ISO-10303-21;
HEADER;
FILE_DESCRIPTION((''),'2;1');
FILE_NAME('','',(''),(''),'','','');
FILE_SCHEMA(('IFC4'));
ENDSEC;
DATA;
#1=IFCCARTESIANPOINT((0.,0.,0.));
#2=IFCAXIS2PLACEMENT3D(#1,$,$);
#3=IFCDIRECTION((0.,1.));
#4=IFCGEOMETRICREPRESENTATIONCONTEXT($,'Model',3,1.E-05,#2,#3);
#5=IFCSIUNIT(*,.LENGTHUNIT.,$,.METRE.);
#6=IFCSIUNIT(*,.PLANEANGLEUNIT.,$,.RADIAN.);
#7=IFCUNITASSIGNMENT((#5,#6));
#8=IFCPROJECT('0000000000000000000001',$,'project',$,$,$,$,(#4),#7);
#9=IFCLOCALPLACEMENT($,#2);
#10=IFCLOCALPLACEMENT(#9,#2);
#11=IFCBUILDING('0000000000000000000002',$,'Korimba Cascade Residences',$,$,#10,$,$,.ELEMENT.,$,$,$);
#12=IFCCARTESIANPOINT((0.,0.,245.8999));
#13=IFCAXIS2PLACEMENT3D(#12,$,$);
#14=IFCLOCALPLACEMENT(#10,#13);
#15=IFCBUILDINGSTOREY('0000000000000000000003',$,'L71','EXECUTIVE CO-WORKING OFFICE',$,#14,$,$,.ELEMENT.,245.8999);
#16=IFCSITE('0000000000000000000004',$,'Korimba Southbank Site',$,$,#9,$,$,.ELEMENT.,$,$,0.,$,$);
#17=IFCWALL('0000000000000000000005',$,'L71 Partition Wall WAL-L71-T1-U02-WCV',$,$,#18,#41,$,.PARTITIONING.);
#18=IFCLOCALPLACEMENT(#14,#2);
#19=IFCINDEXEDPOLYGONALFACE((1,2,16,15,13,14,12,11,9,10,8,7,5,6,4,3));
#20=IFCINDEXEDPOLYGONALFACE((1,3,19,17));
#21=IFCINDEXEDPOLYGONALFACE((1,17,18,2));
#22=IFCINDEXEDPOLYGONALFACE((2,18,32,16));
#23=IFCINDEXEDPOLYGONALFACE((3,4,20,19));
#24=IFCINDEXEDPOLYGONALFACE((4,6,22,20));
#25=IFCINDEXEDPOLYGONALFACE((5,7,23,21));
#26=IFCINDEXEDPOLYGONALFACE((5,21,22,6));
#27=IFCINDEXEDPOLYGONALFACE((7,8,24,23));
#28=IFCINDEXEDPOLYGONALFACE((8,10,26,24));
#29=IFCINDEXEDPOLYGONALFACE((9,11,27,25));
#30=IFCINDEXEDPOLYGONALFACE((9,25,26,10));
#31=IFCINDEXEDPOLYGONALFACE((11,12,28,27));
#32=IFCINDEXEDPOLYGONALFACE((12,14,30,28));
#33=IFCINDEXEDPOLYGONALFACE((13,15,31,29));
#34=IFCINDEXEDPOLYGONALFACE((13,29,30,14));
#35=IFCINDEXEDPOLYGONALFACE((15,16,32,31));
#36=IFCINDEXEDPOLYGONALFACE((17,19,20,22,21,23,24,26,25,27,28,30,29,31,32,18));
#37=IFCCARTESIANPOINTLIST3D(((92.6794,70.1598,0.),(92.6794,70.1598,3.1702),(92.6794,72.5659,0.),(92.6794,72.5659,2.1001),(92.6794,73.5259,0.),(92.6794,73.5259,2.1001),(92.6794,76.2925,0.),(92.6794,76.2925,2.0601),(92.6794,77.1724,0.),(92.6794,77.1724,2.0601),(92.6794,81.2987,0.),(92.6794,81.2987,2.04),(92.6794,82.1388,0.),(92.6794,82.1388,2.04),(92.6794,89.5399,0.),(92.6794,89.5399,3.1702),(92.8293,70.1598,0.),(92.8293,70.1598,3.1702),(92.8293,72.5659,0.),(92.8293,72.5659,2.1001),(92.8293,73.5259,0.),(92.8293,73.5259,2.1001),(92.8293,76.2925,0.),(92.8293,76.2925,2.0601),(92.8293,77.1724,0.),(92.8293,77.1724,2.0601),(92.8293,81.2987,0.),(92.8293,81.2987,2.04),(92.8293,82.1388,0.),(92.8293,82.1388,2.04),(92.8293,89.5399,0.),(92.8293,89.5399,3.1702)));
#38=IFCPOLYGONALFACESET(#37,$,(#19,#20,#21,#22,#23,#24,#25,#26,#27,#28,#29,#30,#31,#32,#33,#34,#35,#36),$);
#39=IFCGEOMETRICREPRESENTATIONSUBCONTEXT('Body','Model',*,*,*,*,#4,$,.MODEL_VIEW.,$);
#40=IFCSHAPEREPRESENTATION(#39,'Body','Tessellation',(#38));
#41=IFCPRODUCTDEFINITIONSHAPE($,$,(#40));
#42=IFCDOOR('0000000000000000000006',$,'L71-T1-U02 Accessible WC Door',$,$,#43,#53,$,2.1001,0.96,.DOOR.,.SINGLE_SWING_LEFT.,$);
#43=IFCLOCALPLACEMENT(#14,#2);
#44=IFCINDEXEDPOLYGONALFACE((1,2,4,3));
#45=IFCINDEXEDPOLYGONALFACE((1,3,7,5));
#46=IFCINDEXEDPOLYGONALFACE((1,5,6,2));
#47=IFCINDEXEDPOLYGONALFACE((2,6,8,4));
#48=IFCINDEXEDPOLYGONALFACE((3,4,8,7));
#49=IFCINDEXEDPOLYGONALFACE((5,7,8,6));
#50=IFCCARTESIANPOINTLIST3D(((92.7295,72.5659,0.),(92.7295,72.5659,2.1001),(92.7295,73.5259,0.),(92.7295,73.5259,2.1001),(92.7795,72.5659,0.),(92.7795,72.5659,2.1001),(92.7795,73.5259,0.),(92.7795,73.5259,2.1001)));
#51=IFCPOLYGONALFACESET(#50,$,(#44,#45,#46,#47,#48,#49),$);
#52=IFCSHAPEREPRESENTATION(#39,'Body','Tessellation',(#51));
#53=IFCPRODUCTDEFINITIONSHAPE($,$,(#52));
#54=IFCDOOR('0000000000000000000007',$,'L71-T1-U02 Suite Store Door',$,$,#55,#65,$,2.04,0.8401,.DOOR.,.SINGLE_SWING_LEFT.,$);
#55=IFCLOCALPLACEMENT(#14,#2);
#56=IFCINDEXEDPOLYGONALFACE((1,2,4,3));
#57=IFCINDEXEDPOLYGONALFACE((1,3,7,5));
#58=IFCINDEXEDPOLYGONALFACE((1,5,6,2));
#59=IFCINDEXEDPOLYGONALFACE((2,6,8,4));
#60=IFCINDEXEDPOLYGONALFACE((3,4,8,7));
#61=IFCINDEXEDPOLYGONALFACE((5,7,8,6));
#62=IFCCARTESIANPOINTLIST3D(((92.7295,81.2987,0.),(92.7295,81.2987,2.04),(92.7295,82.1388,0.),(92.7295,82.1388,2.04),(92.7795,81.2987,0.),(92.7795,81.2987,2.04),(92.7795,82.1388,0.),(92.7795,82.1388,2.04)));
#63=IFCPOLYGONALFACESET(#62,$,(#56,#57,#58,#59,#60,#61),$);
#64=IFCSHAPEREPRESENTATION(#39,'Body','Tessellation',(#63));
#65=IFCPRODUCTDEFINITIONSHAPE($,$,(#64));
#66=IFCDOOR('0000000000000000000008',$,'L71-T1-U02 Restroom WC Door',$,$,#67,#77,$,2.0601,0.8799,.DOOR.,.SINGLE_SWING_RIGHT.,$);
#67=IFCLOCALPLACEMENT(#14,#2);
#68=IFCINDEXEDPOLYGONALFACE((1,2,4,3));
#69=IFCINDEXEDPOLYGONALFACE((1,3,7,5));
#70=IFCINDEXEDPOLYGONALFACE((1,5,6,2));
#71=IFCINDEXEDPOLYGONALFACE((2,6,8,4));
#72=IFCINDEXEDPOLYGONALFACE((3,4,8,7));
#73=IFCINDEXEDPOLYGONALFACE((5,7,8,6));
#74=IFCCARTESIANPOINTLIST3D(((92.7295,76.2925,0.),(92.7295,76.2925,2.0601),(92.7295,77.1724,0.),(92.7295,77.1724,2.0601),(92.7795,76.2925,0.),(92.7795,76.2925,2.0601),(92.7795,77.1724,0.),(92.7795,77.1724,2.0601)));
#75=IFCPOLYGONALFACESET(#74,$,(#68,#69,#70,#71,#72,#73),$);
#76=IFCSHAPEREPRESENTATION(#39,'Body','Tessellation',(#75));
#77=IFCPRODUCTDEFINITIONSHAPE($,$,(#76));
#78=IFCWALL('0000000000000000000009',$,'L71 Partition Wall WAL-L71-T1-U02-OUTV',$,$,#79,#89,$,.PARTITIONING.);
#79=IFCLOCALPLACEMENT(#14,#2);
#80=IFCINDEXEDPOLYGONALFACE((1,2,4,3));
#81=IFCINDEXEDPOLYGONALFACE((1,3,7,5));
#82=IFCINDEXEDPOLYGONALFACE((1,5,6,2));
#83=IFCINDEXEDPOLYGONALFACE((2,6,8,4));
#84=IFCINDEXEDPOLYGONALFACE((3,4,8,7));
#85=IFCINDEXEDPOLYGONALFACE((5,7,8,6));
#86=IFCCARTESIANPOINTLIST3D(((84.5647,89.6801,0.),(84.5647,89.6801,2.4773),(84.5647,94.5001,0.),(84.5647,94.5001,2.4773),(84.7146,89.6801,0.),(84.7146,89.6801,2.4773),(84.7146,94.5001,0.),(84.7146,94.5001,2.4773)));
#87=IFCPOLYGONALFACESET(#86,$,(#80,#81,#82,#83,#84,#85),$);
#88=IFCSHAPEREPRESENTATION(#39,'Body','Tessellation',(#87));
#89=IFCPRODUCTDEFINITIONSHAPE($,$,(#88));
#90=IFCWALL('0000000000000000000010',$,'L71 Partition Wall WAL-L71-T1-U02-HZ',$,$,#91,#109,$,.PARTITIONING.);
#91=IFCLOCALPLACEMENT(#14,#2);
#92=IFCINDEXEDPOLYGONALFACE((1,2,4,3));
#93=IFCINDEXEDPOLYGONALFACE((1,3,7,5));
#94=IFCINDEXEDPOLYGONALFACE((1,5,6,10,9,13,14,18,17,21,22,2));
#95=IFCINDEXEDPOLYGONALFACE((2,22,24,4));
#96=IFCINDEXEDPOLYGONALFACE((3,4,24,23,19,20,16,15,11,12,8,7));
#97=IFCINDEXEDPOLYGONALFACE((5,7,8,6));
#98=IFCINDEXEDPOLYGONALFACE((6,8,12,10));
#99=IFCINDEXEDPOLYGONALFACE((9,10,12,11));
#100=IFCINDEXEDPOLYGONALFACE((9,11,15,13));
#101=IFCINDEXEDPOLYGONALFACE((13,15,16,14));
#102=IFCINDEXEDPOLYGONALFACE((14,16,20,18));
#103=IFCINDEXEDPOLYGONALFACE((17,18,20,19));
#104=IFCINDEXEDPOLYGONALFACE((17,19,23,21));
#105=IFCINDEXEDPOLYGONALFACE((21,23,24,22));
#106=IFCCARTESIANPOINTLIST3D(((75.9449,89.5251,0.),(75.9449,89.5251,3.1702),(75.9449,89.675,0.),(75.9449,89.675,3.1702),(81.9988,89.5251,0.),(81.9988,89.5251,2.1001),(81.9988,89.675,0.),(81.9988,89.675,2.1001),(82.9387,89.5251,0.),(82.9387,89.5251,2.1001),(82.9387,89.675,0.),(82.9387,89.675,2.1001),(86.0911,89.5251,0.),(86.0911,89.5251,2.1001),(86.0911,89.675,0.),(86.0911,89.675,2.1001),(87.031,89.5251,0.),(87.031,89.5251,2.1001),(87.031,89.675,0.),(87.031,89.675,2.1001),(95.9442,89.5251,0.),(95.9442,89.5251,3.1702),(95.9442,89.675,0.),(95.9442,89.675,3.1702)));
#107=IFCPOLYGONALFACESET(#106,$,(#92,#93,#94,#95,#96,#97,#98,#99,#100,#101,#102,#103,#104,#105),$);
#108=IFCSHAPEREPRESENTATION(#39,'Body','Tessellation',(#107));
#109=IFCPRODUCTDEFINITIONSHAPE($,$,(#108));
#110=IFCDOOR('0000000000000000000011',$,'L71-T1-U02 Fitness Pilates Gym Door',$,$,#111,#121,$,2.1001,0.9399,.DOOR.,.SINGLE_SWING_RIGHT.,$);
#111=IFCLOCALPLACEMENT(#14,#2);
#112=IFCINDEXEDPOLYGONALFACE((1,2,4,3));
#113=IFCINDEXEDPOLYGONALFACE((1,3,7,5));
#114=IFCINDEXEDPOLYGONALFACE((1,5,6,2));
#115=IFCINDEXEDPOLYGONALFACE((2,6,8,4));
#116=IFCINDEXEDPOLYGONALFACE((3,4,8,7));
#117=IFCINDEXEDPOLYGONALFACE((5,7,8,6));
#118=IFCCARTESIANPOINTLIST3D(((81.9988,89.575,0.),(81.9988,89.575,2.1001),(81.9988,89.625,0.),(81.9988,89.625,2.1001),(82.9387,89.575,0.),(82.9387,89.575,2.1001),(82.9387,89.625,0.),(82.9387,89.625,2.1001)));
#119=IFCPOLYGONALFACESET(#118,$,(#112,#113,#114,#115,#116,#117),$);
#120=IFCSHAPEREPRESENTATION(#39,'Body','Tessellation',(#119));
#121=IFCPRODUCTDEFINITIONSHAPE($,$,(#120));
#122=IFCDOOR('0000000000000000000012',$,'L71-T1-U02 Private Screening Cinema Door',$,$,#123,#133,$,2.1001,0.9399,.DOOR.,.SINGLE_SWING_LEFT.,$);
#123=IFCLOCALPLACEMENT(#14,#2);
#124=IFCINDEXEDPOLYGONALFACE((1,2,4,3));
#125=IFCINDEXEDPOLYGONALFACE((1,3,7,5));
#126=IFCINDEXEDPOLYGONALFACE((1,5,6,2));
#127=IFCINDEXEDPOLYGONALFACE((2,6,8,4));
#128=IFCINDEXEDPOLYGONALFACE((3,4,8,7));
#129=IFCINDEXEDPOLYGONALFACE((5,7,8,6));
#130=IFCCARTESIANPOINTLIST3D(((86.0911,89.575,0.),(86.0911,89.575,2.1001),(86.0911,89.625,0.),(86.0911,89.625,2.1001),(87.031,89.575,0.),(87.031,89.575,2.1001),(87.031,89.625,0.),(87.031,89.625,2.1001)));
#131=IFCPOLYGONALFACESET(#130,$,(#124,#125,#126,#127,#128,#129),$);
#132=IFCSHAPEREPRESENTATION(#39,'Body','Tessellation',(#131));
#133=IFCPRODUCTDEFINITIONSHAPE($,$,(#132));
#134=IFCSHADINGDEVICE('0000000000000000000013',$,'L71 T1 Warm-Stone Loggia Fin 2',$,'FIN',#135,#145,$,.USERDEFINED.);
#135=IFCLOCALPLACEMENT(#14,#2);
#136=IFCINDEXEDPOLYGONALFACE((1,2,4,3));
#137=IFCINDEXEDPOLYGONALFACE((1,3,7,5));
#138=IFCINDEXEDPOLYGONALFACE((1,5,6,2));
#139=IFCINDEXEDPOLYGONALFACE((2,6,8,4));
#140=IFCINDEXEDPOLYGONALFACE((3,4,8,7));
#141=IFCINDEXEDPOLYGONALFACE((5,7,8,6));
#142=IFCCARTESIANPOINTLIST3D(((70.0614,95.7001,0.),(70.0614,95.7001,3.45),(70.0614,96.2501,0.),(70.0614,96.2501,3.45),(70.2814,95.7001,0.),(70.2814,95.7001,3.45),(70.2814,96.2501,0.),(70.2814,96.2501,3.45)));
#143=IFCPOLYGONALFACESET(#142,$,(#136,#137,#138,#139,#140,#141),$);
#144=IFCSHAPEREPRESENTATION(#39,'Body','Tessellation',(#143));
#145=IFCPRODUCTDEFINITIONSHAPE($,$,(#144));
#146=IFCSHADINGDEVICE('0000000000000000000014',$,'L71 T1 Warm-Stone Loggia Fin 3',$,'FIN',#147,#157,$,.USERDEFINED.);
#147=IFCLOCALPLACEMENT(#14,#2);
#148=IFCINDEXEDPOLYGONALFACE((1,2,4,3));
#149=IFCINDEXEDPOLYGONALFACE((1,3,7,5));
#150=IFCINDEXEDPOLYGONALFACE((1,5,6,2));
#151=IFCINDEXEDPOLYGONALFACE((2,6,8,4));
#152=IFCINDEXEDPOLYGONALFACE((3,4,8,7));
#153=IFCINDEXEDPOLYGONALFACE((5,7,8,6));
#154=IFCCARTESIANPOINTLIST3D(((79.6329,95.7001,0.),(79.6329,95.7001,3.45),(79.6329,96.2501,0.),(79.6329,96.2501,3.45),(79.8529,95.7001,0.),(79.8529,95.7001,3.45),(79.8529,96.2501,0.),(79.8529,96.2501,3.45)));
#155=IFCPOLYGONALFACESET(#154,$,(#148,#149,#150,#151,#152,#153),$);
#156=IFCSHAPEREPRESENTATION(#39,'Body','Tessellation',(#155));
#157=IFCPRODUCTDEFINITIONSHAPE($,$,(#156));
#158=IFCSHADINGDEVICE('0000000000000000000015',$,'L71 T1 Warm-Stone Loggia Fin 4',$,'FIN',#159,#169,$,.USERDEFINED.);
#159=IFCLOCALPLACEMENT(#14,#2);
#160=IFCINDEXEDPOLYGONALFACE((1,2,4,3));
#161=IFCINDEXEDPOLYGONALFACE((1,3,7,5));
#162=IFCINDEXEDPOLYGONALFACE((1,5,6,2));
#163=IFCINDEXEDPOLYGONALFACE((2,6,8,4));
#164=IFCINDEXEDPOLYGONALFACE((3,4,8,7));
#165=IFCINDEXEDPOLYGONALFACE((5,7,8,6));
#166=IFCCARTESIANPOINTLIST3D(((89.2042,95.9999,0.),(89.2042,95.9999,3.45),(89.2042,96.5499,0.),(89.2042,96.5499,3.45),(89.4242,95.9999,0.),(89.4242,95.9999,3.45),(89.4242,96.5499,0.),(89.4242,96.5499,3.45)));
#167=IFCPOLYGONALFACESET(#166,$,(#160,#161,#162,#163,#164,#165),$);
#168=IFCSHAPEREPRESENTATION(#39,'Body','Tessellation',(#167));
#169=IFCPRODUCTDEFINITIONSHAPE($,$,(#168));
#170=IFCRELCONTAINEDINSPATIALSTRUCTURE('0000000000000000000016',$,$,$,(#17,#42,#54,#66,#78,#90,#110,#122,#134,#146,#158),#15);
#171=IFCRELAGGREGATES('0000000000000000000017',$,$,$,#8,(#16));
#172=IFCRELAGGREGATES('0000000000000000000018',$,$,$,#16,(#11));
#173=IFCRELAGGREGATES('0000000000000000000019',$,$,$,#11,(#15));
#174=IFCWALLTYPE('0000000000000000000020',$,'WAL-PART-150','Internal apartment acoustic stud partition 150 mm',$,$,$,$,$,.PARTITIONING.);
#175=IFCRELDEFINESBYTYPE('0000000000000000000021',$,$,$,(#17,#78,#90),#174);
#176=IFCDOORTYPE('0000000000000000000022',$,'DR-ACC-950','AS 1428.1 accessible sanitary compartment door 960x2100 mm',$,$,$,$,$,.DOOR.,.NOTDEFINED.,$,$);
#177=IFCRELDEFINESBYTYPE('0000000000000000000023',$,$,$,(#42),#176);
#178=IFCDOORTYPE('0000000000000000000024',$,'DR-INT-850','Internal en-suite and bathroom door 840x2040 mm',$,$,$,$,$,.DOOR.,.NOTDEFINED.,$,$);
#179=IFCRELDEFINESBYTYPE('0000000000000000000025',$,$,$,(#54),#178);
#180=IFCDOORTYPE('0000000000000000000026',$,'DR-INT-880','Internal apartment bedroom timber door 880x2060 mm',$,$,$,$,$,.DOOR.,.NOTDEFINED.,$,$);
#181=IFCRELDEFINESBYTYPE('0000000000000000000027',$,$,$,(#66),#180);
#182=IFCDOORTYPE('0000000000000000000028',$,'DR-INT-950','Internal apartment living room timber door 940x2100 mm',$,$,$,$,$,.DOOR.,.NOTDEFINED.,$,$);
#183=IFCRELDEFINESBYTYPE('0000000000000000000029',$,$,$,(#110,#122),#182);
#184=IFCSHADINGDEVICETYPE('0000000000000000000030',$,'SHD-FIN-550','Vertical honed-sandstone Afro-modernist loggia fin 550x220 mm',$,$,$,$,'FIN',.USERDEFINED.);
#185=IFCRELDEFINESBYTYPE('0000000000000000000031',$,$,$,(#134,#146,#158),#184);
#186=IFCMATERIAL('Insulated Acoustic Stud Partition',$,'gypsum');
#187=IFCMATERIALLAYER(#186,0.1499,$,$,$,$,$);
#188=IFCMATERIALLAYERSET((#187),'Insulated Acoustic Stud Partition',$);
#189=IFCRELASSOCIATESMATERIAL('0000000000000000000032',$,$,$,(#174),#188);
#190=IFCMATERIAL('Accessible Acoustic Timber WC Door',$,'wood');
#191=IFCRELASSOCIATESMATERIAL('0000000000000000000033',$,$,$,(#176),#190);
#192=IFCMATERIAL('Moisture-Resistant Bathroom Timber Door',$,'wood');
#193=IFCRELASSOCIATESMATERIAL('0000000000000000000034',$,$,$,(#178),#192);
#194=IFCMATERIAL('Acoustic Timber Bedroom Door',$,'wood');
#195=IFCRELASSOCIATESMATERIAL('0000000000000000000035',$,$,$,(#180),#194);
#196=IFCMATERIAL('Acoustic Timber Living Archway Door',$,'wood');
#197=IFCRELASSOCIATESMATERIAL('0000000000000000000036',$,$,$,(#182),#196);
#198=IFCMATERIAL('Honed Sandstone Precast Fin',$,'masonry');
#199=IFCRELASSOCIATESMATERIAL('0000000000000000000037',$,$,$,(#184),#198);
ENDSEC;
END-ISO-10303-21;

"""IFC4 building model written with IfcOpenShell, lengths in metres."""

from ifc_helpers import new_model, si_unit, direction, frame, frame_2d, origin, origin_2d, place, context, subcontext, project, spatial, rectangle, extrude, material, layer, layer_set, type_object, element, fill, save


model = new_model("IFC4")

# Units and contexts
model_context = context("Model", 3, precision=1e-05, world=origin(), true_north=direction((0.0, 1.0)))
body_context = subcontext(model_context, "Body", "Model", "MODEL_VIEW")
ifc_project = project(units=[si_unit("LENGTHUNIT", "METRE"), si_unit("PLANEANGLEUNIT", "RADIAN")], contexts=[model_context])

# Site, building, storey
site_placement = place(None, origin())
site = spatial("IfcSite", under=ifc_project, at=site_placement, Name="Korimba Southbank Site", CompositionType="ELEMENT", RefElevation=0.0)
building_placement = place(site_placement, origin())
building = spatial("IfcBuilding", under=site, at=building_placement, Name="Korimba Cascade Residences", CompositionType="ELEMENT")
storey_placement = place(building_placement, frame((0.0, 0.0, 245.8999)))
storey = spatial("IfcBuildingStorey", under=building, at=storey_placement, Name="L71", Description="EXECUTIVE CO-WORKING OFFICE", CompositionType="ELEMENT", Elevation=245.8999)

# Shared definitions
ifc_material_1 = material(Name="Insulated Acoustic Stud Partition", Category="gypsum")
ifc_layer_1 = layer(ifc_material_1, 0.1499)
ifc_layer_set_1 = layer_set([ifc_layer_1], Name="Insulated Acoustic Stud Partition")
wall_type_1 = type_object("IfcWallType", Name="WAL-PART-150", Description="Internal apartment acoustic stud partition 150 mm", PredefinedType="PARTITIONING", material=ifc_layer_set_1)

# Wall, openings, doors
wall_1_placement = place(storey_placement, frame((92.7544, 70.1599, 0.0), z_axis=(0.0, 0.0, 1.0), x_axis=(0.0, 1.0, 0.0)))
wall_1 = element("IfcWall", 1, at=wall_1_placement, inside=storey, type_object=wall_type_1, Name="L71 Partition Wall WAL-L71-T1-U02-WCV", PredefinedType="PARTITIONING", context=body_context, shape_type="SweptSolid", body=[
    extrude(rectangle(XDim=19.3801, YDim=0.1499, at=frame_2d((9.6899, 0.0))), origin(), (0.0, 0.0, 1.0), 3.1702),
])
opening_1_placement = place(wall_1_placement, frame((2.406, 0.0, 0.0)))
opening_1 = element("IfcOpeningElement", 2, at=opening_1_placement, cuts=wall_1, PredefinedType="OPENING", context=body_context, shape_type="SweptSolid", body=[
    extrude(rectangle(XDim=0.96, YDim=2.1001, at=frame_2d((0.48, 1.05))), frame((0.0, 0.085, 0.0), z_axis=(0.0, -1.0, 0.0), x_axis=(1.0, 0.0, 0.0)), (0.0, 0.0, 1.0), 0.1699),
])
opening_2_placement = place(wall_1_placement, frame((6.1326, 0.0, 0.0)))
opening_2 = element("IfcOpeningElement", 3, at=opening_2_placement, cuts=wall_1, PredefinedType="OPENING", context=body_context, shape_type="SweptSolid", body=[
    extrude(rectangle(XDim=0.8799, YDim=2.0601, at=frame_2d((0.4399, 1.03))), frame((0.0, 0.085, 0.0), z_axis=(0.0, -1.0, 0.0), x_axis=(1.0, 0.0, 0.0)), (0.0, 0.0, 1.0), 0.1699),
])
opening_3_placement = place(wall_1_placement, frame((11.1389, 0.0, 0.0)))
opening_3 = element("IfcOpeningElement", 4, at=opening_3_placement, cuts=wall_1, PredefinedType="OPENING", context=body_context, shape_type="SweptSolid", body=[
    extrude(rectangle(XDim=0.8401, YDim=2.04, at=frame_2d((0.4199, 1.02))), frame((0.0, 0.085, 0.0), z_axis=(0.0, -1.0, 0.0), x_axis=(1.0, 0.0, 0.0)), (0.0, 0.0, 1.0), 0.1699),
])
ifc_material_2 = material(Name="Accessible Acoustic Timber WC Door", Category="wood")
door_type_1 = type_object("IfcDoorType", Name="DR-ACC-950", Description="AS 1428.1 accessible sanitary compartment door 960x2100 mm", OperationType="NOTDEFINED", PredefinedType="DOOR", material=ifc_material_2)
door_1_placement = place(opening_1_placement, origin())
door_1 = element("IfcDoor", 5, at=door_1_placement, inside=storey, type_object=door_type_1, Name="L71-T1-U02 Accessible WC Door", OperationType="SINGLE_SWING_LEFT", OverallHeight=2.1001, OverallWidth=0.96, PredefinedType="DOOR", context=body_context, shape_type="SweptSolid", body=[
    extrude(rectangle(XDim=0.96, YDim=2.1001, at=frame_2d((0.48, 1.05))), frame((0.0, 0.0249, 0.0), z_axis=(0.0, -1.0, 0.0), x_axis=(1.0, 0.0, 0.0)), (0.0, 0.0, 1.0), 0.05),
])
fill(opening_1, door_1)
ifc_material_3 = material(Name="Moisture-Resistant Bathroom Timber Door", Category="wood")
door_type_2 = type_object("IfcDoorType", Name="DR-INT-850", Description="Internal en-suite and bathroom door 840x2040 mm", OperationType="NOTDEFINED", PredefinedType="DOOR", material=ifc_material_3)
door_2_placement = place(opening_3_placement, origin())
door_2 = element("IfcDoor", 6, at=door_2_placement, inside=storey, type_object=door_type_2, Name="L71-T1-U02 Suite Store Door", OperationType="SINGLE_SWING_LEFT", OverallHeight=2.04, OverallWidth=0.8401, PredefinedType="DOOR", context=body_context, shape_type="SweptSolid", body=[
    extrude(rectangle(XDim=0.8401, YDim=2.04, at=frame_2d((0.4199, 1.02))), frame((0.0, 0.0249, 0.0), z_axis=(0.0, -1.0, 0.0), x_axis=(1.0, 0.0, 0.0)), (0.0, 0.0, 1.0), 0.05),
])
fill(opening_3, door_2)
ifc_material_4 = material(Name="Acoustic Timber Bedroom Door", Category="wood")
door_type_3 = type_object("IfcDoorType", Name="DR-INT-880", Description="Internal apartment bedroom timber door 880x2060 mm", OperationType="NOTDEFINED", PredefinedType="DOOR", material=ifc_material_4)
door_3_placement = place(opening_2_placement, origin())
door_3 = element("IfcDoor", 7, at=door_3_placement, inside=storey, type_object=door_type_3, Name="L71-T1-U02 Restroom WC Door", OperationType="SINGLE_SWING_RIGHT", OverallHeight=2.0601, OverallWidth=0.8799, PredefinedType="DOOR", context=body_context, shape_type="SweptSolid", body=[
    extrude(rectangle(XDim=0.8799, YDim=2.0601, at=frame_2d((0.4399, 1.03))), frame((0.0, 0.0249, 0.0), z_axis=(0.0, -1.0, 0.0), x_axis=(1.0, 0.0, 0.0)), (0.0, 0.0, 1.0), 0.05),
])
fill(opening_2, door_3)

# Wall
wall_2_placement = place(storey_placement, frame((84.6396, 89.6799, 0.0), z_axis=(0.0, 0.0, 1.0), x_axis=(0.0, 1.0, 0.0)))
element("IfcWall", 8, at=wall_2_placement, inside=storey, type_object=wall_type_1, Name="L71 Partition Wall WAL-L71-T1-U02-OUTV", PredefinedType="PARTITIONING", context=body_context, shape_type="SweptSolid", body=[
    extrude(rectangle(XDim=4.8201, YDim=0.1499, at=frame_2d((2.4102, 0.0))), origin(), (0.0, 0.0, 1.0), 2.4773),
])

# Wall, openings, doors
wall_3_placement = place(storey_placement, frame((75.9451, 89.6001, 0.0), z_axis=(0.0, 0.0, 1.0), x_axis=(1.0, 0.0, 0.0)))
wall_3 = element("IfcWall", 9, at=wall_3_placement, inside=storey, type_object=wall_type_1, Name="L71 Partition Wall WAL-L71-T1-U02-HZ", PredefinedType="PARTITIONING", context=body_context, shape_type="SweptSolid", body=[
    extrude(rectangle(XDim=19.9993, YDim=0.1499, at=frame_2d((9.9995, 0.0))), origin(), (0.0, 0.0, 1.0), 3.1702),
])
opening_4_placement = place(wall_3_placement, frame((6.0537, 0.0, 0.0)))
opening_4 = element("IfcOpeningElement", 10, at=opening_4_placement, cuts=wall_3, PredefinedType="OPENING", context=body_context, shape_type="SweptSolid", body=[
    extrude(rectangle(XDim=0.9399, YDim=2.1001, at=frame_2d((0.47, 1.05))), frame((0.0, 0.085, 0.0), z_axis=(0.0, -1.0, 0.0), x_axis=(1.0, 0.0, 0.0)), (0.0, 0.0, 1.0), 0.1699),
])
opening_5_placement = place(wall_3_placement, frame((10.146, 0.0, 0.0)))
opening_5 = element("IfcOpeningElement", 11, at=opening_5_placement, cuts=wall_3, PredefinedType="OPENING", context=body_context, shape_type="SweptSolid", body=[
    extrude(rectangle(XDim=0.9399, YDim=2.1001, at=frame_2d((0.47, 1.05))), frame((0.0, 0.085, 0.0), z_axis=(0.0, -1.0, 0.0), x_axis=(1.0, 0.0, 0.0)), (0.0, 0.0, 1.0), 0.1699),
])
ifc_material_5 = material(Name="Acoustic Timber Living Archway Door", Category="wood")
door_type_4 = type_object("IfcDoorType", Name="DR-INT-950", Description="Internal apartment living room timber door 940x2100 mm", OperationType="NOTDEFINED", PredefinedType="DOOR", material=ifc_material_5)
door_4_placement = place(opening_4_placement, origin())
door_4 = element("IfcDoor", 12, at=door_4_placement, inside=storey, type_object=door_type_4, Name="L71-T1-U02 Fitness Pilates Gym Door", OperationType="SINGLE_SWING_RIGHT", OverallHeight=2.1001, OverallWidth=0.9399, PredefinedType="DOOR", context=body_context, shape_type="SweptSolid", body=[
    extrude(rectangle(XDim=0.9399, YDim=2.1001, at=frame_2d((0.47, 1.05))), frame((0.0, 0.0249, 0.0), z_axis=(0.0, -1.0, 0.0), x_axis=(1.0, 0.0, 0.0)), (0.0, 0.0, 1.0), 0.05),
])
fill(opening_4, door_4)
door_5_placement = place(opening_5_placement, origin())
door_5 = element("IfcDoor", 13, at=door_5_placement, inside=storey, type_object=door_type_4, Name="L71-T1-U02 Private Screening Cinema Door", OperationType="SINGLE_SWING_LEFT", OverallHeight=2.1001, OverallWidth=0.9399, PredefinedType="DOOR", context=body_context, shape_type="SweptSolid", body=[
    extrude(rectangle(XDim=0.9399, YDim=2.1001, at=frame_2d((0.47, 1.05))), frame((0.0, 0.0249, 0.0), z_axis=(0.0, -1.0, 0.0), x_axis=(1.0, 0.0, 0.0)), (0.0, 0.0, 1.0), 0.05),
])
fill(opening_5, door_5)

# Shading devices
ifc_material_6 = material(Name="Honed Sandstone Precast Fin", Category="masonry")
shading_device_type = type_object("IfcShadingDeviceType", Name="SHD-FIN-550", Description="Vertical honed-sandstone Afro-modernist loggia fin 550x220 mm", ElementType="FIN", PredefinedType="USERDEFINED", material=ifc_material_6)
for number, where, z_axis, x_axis, name in (
    (14, (70.1714, 95.9751, 0.0), (0.0, 0.0, 1.0), (1.0, 0.0, 0.0), "L71 T1 Warm-Stone Loggia Fin 2"),
    (15, (79.7429, 95.9751, 0.0), (0.0, 0.0, 1.0), (1.0, 0.0, 0.0), "L71 T1 Warm-Stone Loggia Fin 3"),
    (16, (89.3142, 96.2749, 0.0), (0.0, 0.0, 1.0), (1.0, 0.0, 0.0), "L71 T1 Warm-Stone Loggia Fin 4"),
):
    element("IfcShadingDevice", number, at=place(storey_placement, frame(where, z_axis=z_axis, x_axis=x_axis)), inside=storey, type_object=shading_device_type, Name=name, ObjectType="FIN", PredefinedType="USERDEFINED", context=body_context, shape_type="SweptSolid", body=[
        extrude(rectangle(XDim=0.22, YDim=0.55, at=origin_2d()), origin(), (0.0, 0.0, 1.0), 3.45),
    ])

save(model, "model.ifc")
